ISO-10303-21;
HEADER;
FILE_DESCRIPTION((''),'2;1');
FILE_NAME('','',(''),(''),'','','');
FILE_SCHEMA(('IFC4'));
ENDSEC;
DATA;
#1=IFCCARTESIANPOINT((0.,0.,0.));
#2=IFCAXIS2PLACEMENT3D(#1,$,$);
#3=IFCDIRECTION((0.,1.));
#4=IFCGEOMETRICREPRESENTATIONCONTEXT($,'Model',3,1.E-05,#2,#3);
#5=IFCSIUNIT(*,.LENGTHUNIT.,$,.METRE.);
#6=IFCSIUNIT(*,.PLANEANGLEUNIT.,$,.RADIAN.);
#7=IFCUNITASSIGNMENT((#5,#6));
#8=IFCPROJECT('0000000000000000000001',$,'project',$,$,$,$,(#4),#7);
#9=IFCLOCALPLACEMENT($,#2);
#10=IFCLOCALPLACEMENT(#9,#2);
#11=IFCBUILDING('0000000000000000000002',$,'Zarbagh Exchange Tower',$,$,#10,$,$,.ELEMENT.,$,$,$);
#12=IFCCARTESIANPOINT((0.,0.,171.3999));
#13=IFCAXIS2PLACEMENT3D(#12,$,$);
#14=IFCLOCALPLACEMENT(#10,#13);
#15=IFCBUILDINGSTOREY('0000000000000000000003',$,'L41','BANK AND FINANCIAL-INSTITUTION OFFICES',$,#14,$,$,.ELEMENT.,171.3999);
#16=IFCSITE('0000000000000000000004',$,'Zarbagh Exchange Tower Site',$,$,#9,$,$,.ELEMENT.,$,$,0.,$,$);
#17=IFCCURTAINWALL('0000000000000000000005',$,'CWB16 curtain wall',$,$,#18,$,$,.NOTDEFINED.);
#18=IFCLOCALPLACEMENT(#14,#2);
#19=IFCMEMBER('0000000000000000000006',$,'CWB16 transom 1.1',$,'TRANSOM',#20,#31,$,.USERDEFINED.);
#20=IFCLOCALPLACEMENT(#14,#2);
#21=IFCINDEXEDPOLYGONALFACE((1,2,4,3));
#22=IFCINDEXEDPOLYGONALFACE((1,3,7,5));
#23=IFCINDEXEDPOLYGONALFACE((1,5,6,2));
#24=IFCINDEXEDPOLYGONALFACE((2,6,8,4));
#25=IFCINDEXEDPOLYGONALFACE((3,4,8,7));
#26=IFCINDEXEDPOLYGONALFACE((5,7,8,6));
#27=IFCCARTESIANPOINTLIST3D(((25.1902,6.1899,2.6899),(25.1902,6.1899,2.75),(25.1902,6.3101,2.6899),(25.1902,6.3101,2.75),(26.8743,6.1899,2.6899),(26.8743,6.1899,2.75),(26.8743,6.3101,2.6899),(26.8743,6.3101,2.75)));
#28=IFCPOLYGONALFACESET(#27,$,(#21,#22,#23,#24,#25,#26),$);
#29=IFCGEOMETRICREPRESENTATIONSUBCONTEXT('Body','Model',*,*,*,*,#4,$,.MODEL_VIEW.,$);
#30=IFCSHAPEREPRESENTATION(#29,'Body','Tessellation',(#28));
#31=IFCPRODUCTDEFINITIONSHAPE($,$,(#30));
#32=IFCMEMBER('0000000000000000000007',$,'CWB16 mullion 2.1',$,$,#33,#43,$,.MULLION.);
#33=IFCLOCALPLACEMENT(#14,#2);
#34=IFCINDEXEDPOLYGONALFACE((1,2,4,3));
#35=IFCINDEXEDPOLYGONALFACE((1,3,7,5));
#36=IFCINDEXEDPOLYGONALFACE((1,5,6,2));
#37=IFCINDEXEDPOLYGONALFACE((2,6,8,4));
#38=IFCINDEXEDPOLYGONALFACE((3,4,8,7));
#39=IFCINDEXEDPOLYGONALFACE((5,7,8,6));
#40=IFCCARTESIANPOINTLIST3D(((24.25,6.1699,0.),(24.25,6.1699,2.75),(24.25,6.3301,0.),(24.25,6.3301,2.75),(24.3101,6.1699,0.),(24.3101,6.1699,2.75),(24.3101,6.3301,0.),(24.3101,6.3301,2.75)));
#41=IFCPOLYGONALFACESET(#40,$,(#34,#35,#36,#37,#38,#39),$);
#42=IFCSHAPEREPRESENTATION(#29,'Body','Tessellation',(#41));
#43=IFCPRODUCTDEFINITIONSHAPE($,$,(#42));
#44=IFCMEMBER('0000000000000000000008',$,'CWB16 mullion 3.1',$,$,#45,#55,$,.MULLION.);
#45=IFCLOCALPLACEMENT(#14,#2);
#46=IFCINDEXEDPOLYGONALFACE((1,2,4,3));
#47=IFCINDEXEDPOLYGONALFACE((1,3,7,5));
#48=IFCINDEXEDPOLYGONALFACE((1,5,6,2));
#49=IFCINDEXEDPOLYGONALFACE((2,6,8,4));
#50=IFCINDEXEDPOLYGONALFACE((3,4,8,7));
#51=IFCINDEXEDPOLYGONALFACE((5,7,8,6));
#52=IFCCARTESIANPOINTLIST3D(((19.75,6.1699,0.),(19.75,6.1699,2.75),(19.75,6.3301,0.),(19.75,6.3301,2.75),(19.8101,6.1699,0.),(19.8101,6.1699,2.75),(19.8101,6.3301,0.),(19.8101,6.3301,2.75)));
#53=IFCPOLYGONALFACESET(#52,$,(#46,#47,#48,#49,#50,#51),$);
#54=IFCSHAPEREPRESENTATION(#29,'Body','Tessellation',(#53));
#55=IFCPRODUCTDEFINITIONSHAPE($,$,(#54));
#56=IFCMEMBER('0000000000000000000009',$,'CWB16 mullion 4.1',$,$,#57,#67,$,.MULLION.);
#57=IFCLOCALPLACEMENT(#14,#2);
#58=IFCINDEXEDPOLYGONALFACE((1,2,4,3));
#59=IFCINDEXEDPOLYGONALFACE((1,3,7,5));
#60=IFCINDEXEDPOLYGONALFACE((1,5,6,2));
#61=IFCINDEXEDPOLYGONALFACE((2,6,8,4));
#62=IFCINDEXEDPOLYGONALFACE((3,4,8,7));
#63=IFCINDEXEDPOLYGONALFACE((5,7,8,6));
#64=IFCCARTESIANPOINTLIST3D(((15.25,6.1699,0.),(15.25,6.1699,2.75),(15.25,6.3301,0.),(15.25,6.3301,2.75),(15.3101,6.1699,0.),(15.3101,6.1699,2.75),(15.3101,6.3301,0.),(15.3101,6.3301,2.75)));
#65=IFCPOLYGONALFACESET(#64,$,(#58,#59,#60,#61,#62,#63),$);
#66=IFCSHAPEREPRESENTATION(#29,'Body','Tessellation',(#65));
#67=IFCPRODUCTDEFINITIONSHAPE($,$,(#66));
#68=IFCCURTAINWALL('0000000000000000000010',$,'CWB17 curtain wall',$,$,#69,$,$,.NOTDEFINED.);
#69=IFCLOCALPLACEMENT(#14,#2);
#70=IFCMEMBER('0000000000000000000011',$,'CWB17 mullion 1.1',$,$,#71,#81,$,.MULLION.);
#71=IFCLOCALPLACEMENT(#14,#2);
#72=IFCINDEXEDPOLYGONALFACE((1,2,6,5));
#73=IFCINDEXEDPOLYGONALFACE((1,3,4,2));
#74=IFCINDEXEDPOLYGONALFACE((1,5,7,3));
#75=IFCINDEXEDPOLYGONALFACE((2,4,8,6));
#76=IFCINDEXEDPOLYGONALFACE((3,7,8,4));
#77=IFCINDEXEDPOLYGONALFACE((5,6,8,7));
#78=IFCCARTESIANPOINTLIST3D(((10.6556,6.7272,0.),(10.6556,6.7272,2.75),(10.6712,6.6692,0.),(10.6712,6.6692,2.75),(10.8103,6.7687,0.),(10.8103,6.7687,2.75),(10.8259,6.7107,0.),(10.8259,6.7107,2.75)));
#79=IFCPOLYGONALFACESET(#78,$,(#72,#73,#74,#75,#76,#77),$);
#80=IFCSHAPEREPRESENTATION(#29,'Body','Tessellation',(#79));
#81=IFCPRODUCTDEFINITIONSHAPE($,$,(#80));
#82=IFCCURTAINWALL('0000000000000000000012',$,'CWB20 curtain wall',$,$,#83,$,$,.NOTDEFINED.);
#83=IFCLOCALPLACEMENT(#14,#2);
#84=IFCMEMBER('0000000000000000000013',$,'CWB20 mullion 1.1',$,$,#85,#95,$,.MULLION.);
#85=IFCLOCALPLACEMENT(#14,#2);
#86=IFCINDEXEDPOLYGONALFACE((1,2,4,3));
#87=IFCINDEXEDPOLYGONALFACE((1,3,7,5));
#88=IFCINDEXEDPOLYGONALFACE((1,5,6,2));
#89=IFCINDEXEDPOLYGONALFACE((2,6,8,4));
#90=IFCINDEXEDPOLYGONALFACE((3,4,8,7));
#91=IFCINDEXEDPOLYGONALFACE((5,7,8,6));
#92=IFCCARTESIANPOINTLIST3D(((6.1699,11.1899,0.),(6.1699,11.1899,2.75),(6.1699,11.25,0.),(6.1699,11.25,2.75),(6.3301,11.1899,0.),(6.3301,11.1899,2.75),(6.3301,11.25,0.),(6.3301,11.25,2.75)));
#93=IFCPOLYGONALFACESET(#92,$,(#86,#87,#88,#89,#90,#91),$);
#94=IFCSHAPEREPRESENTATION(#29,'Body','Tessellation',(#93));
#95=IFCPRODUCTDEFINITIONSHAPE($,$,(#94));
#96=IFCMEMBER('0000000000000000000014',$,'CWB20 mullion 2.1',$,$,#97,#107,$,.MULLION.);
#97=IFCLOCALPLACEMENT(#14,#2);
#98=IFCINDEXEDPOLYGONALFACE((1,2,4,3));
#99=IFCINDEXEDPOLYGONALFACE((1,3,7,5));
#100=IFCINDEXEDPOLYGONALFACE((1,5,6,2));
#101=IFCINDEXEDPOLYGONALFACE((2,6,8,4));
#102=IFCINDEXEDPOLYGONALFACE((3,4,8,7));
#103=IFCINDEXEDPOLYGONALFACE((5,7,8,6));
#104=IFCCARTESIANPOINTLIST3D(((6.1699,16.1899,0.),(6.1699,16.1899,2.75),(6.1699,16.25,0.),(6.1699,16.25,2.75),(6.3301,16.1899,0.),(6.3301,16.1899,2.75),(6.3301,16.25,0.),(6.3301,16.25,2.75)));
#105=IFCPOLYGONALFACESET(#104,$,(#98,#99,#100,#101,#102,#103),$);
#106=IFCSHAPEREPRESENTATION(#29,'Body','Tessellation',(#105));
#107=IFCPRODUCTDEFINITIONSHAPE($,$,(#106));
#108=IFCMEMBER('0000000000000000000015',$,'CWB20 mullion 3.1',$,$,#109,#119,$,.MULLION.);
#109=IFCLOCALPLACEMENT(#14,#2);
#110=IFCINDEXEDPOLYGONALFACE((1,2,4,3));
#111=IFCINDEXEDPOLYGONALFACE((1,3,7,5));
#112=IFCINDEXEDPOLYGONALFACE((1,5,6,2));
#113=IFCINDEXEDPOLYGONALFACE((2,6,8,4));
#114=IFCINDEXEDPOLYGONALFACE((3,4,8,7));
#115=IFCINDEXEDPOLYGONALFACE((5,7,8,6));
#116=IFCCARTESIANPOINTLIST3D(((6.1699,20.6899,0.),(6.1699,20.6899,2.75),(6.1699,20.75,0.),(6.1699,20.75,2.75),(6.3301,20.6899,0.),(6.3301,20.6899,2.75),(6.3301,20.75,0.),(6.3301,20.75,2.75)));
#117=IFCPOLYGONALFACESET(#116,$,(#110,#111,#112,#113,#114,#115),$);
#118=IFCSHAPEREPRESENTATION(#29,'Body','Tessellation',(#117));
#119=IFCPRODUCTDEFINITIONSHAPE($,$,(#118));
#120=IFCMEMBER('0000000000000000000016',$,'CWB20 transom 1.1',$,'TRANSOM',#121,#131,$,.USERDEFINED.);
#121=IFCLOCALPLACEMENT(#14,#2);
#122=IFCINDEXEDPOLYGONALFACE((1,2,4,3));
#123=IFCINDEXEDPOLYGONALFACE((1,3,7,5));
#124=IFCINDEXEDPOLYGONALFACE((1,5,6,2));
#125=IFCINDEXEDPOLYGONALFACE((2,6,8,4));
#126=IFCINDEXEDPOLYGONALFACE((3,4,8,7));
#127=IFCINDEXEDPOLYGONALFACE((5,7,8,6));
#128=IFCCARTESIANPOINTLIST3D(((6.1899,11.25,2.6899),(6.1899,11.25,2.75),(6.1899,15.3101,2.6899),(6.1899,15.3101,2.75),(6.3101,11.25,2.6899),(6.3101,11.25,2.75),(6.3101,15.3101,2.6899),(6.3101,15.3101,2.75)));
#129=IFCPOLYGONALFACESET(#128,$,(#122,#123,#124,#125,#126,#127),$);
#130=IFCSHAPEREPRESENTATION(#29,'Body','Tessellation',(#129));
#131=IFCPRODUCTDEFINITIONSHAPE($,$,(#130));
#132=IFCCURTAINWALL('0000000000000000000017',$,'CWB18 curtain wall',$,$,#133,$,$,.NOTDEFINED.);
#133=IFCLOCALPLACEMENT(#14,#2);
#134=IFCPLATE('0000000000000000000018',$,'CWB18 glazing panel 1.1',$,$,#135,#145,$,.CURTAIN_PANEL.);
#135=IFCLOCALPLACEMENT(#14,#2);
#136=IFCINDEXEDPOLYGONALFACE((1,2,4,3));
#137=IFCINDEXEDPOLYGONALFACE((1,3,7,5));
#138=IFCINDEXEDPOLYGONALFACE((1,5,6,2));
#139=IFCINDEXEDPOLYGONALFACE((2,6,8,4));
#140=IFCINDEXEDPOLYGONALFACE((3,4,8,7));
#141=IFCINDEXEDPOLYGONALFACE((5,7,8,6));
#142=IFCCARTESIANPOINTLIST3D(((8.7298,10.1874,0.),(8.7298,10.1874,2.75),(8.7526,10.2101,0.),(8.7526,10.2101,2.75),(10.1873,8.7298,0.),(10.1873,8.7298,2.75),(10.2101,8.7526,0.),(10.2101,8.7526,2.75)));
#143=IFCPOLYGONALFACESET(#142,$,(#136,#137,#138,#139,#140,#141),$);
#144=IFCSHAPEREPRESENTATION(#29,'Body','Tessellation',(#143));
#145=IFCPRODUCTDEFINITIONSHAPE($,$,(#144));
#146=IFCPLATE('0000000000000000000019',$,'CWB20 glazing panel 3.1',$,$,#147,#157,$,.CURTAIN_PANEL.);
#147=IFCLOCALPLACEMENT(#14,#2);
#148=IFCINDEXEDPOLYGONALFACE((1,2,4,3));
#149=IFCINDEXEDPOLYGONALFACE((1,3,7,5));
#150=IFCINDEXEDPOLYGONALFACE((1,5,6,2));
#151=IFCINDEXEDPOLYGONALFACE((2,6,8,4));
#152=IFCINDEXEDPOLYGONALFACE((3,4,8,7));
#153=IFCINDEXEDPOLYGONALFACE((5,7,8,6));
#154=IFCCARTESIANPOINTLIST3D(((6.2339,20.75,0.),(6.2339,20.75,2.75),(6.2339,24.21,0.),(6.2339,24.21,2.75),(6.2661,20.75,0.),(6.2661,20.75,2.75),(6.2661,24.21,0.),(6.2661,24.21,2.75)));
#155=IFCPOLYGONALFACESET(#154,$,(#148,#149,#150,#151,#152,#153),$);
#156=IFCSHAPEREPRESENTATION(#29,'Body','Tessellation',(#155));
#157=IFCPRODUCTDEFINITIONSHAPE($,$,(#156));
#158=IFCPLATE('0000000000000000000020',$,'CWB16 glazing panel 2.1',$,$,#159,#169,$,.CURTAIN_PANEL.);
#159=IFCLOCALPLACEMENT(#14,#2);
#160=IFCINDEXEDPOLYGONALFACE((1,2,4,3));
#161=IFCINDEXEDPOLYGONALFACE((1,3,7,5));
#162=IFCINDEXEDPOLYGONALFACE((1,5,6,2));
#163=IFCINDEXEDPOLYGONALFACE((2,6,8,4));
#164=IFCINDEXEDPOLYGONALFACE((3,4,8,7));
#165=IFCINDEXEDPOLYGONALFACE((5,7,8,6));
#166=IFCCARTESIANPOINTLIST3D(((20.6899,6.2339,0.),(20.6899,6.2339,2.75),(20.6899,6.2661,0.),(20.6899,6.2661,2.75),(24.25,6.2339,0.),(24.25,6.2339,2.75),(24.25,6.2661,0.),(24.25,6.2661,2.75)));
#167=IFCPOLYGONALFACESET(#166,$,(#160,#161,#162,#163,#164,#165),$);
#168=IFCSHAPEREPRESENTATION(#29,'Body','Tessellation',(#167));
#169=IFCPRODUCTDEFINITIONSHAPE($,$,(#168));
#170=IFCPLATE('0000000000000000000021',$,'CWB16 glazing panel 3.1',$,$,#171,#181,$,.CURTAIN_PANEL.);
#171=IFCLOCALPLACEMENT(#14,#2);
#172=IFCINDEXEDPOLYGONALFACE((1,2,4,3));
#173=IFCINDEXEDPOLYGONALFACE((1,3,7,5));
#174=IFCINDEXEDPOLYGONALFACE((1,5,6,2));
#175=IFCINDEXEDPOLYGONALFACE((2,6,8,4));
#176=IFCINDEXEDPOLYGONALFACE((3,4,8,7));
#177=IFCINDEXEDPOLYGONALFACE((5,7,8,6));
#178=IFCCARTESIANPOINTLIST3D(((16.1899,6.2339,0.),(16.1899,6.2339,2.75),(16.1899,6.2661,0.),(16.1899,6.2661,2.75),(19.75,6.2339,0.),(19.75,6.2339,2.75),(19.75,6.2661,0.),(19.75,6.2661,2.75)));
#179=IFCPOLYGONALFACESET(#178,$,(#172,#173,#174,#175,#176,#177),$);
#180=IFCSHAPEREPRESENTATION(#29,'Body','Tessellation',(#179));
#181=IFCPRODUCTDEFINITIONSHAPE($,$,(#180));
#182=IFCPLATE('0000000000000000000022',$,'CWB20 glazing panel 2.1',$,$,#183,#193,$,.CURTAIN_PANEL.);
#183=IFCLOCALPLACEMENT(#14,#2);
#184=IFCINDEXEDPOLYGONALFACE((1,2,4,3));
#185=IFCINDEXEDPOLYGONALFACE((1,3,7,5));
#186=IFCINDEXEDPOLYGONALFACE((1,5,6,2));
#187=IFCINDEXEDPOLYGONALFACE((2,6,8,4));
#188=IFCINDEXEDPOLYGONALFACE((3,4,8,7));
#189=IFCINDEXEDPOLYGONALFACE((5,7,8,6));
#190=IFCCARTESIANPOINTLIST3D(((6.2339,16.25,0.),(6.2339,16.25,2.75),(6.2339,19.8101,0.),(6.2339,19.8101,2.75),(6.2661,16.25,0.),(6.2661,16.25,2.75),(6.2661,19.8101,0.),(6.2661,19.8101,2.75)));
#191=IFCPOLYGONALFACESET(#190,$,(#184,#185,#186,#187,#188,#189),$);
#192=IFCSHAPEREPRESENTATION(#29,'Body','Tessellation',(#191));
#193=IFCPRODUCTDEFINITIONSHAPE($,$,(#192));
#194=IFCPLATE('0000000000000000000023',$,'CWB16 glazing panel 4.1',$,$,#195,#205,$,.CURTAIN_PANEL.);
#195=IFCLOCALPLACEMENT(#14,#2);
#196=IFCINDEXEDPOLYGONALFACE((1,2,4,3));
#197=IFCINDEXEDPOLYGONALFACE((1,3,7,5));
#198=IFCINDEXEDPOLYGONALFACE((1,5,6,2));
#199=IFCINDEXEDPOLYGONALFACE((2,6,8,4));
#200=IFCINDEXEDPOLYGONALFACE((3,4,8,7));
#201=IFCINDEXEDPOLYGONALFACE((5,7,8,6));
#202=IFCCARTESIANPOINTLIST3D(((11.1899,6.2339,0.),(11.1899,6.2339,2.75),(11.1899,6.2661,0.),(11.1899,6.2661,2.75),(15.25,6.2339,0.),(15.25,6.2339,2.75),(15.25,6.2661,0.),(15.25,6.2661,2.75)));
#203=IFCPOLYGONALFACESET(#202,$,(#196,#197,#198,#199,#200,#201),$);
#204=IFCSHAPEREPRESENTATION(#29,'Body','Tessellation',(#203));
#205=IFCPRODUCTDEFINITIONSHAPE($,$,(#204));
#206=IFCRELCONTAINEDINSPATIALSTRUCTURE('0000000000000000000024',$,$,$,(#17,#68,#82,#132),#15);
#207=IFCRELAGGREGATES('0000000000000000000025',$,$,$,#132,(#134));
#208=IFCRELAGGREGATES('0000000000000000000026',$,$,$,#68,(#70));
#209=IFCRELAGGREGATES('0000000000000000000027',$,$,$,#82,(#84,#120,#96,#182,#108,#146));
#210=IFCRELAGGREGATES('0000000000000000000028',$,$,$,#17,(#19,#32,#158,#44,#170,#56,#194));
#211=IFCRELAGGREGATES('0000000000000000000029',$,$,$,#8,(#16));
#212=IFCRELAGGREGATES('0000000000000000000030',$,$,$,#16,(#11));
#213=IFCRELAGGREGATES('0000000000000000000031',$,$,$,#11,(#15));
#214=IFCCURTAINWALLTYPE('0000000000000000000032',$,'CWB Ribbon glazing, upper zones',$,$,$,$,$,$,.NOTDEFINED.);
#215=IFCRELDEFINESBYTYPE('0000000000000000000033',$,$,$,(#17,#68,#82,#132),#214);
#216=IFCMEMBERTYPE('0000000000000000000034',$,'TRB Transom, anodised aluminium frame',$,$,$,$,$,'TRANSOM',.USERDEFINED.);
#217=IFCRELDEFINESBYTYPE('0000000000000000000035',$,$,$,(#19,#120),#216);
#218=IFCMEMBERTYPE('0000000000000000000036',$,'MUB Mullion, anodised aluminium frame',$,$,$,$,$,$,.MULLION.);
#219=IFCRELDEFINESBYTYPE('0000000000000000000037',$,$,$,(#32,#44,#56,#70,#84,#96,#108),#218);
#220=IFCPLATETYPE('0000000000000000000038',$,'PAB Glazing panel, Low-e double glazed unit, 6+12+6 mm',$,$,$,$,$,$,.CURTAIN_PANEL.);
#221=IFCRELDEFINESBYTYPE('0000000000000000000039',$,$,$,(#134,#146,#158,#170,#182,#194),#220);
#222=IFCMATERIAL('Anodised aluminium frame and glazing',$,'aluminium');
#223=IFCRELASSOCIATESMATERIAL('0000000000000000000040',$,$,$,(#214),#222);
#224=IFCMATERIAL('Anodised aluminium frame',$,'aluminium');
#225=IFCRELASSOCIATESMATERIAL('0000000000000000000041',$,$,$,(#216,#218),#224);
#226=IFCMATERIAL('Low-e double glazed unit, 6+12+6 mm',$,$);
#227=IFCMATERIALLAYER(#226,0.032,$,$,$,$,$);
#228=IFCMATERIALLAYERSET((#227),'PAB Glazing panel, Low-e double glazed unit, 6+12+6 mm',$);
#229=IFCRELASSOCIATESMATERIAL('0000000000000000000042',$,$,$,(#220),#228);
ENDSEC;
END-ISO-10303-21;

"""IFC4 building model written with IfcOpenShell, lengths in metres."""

from ifc_helpers import new_model, si_unit, direction, frame, origin, place, context, subcontext, project, spatial, polyline, outline, extrude, source, transform, mapped, material, layer, layer_set, type_object, element, aggregate, save


model = new_model("IFC4")

# Units and contexts
model_context = context("Model", 3, precision=1e-05, world=origin(), true_north=direction((0.0, 1.0)))
body_context = subcontext(model_context, "Body", "Model", "MODEL_VIEW")
ifc_project = project(units=[si_unit("LENGTHUNIT", "METRE"), si_unit("PLANEANGLEUNIT", "RADIAN")], contexts=[model_context])

# Site, building, storey
site_placement = place(None, origin())
site = spatial("IfcSite", under=ifc_project, at=site_placement, Name="Zarbagh Exchange Tower Site", CompositionType="ELEMENT", RefElevation=0.0)
building_placement = place(site_placement, origin())
building = spatial("IfcBuilding", under=site, at=building_placement, Name="Zarbagh Exchange Tower", CompositionType="ELEMENT")
storey_placement = place(building_placement, frame((0.0, 0.0, 171.3999)))
storey = spatial("IfcBuildingStorey", under=building, at=storey_placement, Name="L41", Description="BANK AND FINANCIAL-INSTITUTION OFFICES", CompositionType="ELEMENT", Elevation=171.3999)

# Curtain wall, members
ifc_material_1 = material(Name="Anodised aluminium frame and glazing", Category="aluminium")
curtain_wall_type = type_object("IfcCurtainWallType", Name="CWB Ribbon glazing, upper zones", PredefinedType="NOTDEFINED", material=ifc_material_1)
curtain_wall_1_placement = place(storey_placement, origin())
curtain_wall_1 = element("IfcCurtainWall", 1, at=curtain_wall_1_placement, inside=storey, type_object=curtain_wall_type, Name="CWB16 curtain wall", PredefinedType="NOTDEFINED")
ifc_material_2 = material(Name="Anodised aluminium frame", Category="aluminium")
member_type_1 = type_object("IfcMemberType", Name="TRB Transom, anodised aluminium frame", ElementType="TRANSOM", PredefinedType="USERDEFINED", material=ifc_material_2)
shared_shape_1 = source(origin(), body_context, "Body", "SweptSolid", [
    extrude(outline(polyline([(-0.0601, -0.0601), (0.0, -0.0601), (0.0, 0.0601), (-0.0601, 0.0601), (-0.0601, -0.0601)])), origin(), (0.0, 0.0, 1.0), 1.6841),
])
placement = place(storey_placement, origin())
member_1 = element("IfcMember", 2, at=placement, type_object=member_type_1, Name="CWB16 transom 1.1", ObjectType="TRANSOM", PredefinedType="USERDEFINED", context=body_context, shape_type="MappedRepresentation", body=[
    mapped(shared_shape_1, transform((26.8743, 6.25, 2.75), x_axis=(0.0, 0.0, 1.0), y_axis=(0.0, 1.0, 0.0), z_axis=(-1.0, 0.0, 0.0))),
])
member_type_2 = type_object("IfcMemberType", Name="MUB Mullion, anodised aluminium frame", PredefinedType="MULLION", material=ifc_material_2)
shared_shape_2 = source(origin(), body_context, "Body", "SweptSolid", [
    extrude(outline(polyline([(0.0, -0.0801), (0.0601, -0.0801), (0.0601, 0.0801), (0.0, 0.0801), (0.0, -0.0801)])), origin(), (0.0, 0.0, 1.0), 2.75),
])
member_2 = element("IfcMember", 3, at=placement, type_object=member_type_2, Name="CWB16 mullion 2.1", PredefinedType="MULLION", context=body_context, shape_type="MappedRepresentation", body=[
    mapped(shared_shape_2, transform((24.3101, 6.25, 0.0), x_axis=(-1.0, 0.0, 0.0), y_axis=(0.0, -1.0, 0.0), z_axis=(0.0, 0.0, 1.0))),
])
member_3 = element("IfcMember", 4, at=placement, type_object=member_type_2, Name="CWB16 mullion 3.1", PredefinedType="MULLION", context=body_context, shape_type="MappedRepresentation", body=[
    mapped(shared_shape_2, transform((19.8101, 6.25, 0.0), x_axis=(-1.0, 0.0, 0.0), y_axis=(0.0, -1.0, 0.0), z_axis=(0.0, 0.0, 1.0))),
])
member_4 = element("IfcMember", 5, at=placement, type_object=member_type_2, Name="CWB16 mullion 4.1", PredefinedType="MULLION", context=body_context, shape_type="MappedRepresentation", body=[
    mapped(shared_shape_2, transform((15.3101, 6.25, 0.0), x_axis=(-1.0, 0.0, 0.0), y_axis=(0.0, -1.0, 0.0), z_axis=(0.0, 0.0, 1.0))),
])

# Curtain wall, member
curtain_wall_2_placement = place(storey_placement, origin())
curtain_wall_2 = element("IfcCurtainWall", 6, at=curtain_wall_2_placement, inside=storey, type_object=curtain_wall_type, Name="CWB17 curtain wall", PredefinedType="NOTDEFINED")
member_5 = element("IfcMember", 7, at=placement, type_object=member_type_2, Name="CWB17 mullion 1.1", PredefinedType="MULLION", context=body_context, shape_type="MappedRepresentation", body=[
    mapped(shared_shape_2, transform((10.7485, 6.6899, 0.0), x_axis=(-0.258825, 0.965924, 0.0), y_axis=(-0.965924, -0.258825, 0.0), z_axis=(0.0, 0.0, 1.0))),
])

# Curtain wall, members
curtain_wall_3_placement = place(storey_placement, origin())
curtain_wall_3 = element("IfcCurtainWall", 8, at=curtain_wall_3_placement, inside=storey, type_object=curtain_wall_type, Name="CWB20 curtain wall", PredefinedType="NOTDEFINED")
member_6 = element("IfcMember", 9, at=placement, type_object=member_type_2, Name="CWB20 mullion 1.1", PredefinedType="MULLION", context=body_context, shape_type="MappedRepresentation", body=[
    mapped(shared_shape_2, transform((6.25, 11.1899, 0.0), x_axis=(0.0, 1.0, 0.0), y_axis=(-1.0, 0.0, 0.0), z_axis=(0.0, 0.0, 1.0))),
])
member_7 = element("IfcMember", 10, at=placement, type_object=member_type_2, Name="CWB20 mullion 2.1", PredefinedType="MULLION", context=body_context, shape_type="MappedRepresentation", body=[
    mapped(shared_shape_2, transform((6.25, 16.1899, 0.0), x_axis=(0.0, 1.0, 0.0), y_axis=(-1.0, 0.0, 0.0), z_axis=(0.0, 0.0, 1.0))),
])
member_8 = element("IfcMember", 11, at=placement, type_object=member_type_2, Name="CWB20 mullion 3.1", PredefinedType="MULLION", context=body_context, shape_type="MappedRepresentation", body=[
    mapped(shared_shape_2, transform((6.25, 20.6899, 0.0), x_axis=(0.0, 1.0, 0.0), y_axis=(-1.0, 0.0, 0.0), z_axis=(0.0, 0.0, 1.0))),
])
shared_shape_3 = source(origin(), body_context, "Body", "SweptSolid", [
    extrude(outline(polyline([(-0.0601, -0.0601), (0.0, -0.0601), (0.0, 0.0601), (-0.0601, 0.0601), (-0.0601, -0.0601)])), origin(), (0.0, 0.0, 1.0), 4.0601),
])
member_9 = element("IfcMember", 12, at=placement, type_object=member_type_1, Name="CWB20 transom 1.1", ObjectType="TRANSOM", PredefinedType="USERDEFINED", context=body_context, shape_type="MappedRepresentation", body=[
    mapped(shared_shape_3, transform((6.25, 11.25, 2.75), x_axis=(0.0, 0.0, 1.0), y_axis=(1.0, 0.0, 0.0), z_axis=(0.0, 1.0, 0.0))),
])

# Curtain wall, plate
curtain_wall_4_placement = place(storey_placement, origin())
curtain_wall_4 = element("IfcCurtainWall", 13, at=curtain_wall_4_placement, inside=storey, type_object=curtain_wall_type, Name="CWB18 curtain wall", PredefinedType="NOTDEFINED")
ifc_material_3 = material(Name="Low-e double glazed unit, 6+12+6 mm")
ifc_layer_1 = layer(ifc_material_3, 0.032)
ifc_layer_set_1 = layer_set([ifc_layer_1], Name="PAB Glazing panel, Low-e double glazed unit, 6+12+6 mm")
plate_type = type_object("IfcPlateType", Name="PAB Glazing panel, Low-e double glazed unit, 6+12+6 mm", PredefinedType="CURTAIN_PANEL", material=ifc_layer_set_1)
shared_shape_4 = source(origin(), body_context, "Body", "SweptSolid", [
    extrude(outline(polyline([(0.0, -0.0161), (2.0613, -0.0161), (2.0613, 0.0161), (0.0, 0.0161), (0.0, -0.0161)])), origin(), (0.0, 0.0, 1.0), 2.75),
])
plate_1 = element("IfcPlate", 14, at=placement, type_object=plate_type, Name="CWB18 glazing panel 1.1", PredefinedType="CURTAIN_PANEL", context=body_context, shape_type="MappedRepresentation", body=[
    mapped(shared_shape_4, transform((10.1987, 8.7412, 0.0), x_axis=(-0.707107, 0.707107, 0.0), y_axis=(-0.707107, -0.707107, 0.0), z_axis=(0.0, 0.0, 1.0))),
])
aggregate(curtain_wall_4, [plate_1])

# Plates
shared_shape_5 = source(origin(), body_context, "Body", "SweptSolid", [
    extrude(outline(polyline([(0.0, -0.0161), (3.46, -0.0161), (3.46, 0.0161), (0.0, 0.0161), (0.0, -0.0161)])), origin(), (0.0, 0.0, 1.0), 2.75),
])
plate_2 = element("IfcPlate", 15, at=placement, type_object=plate_type, Name="CWB20 glazing panel 3.1", PredefinedType="CURTAIN_PANEL", context=body_context, shape_type="MappedRepresentation", body=[
    mapped(shared_shape_5, transform((6.25, 20.75, 0.0), x_axis=(0.0, 1.0, 0.0), y_axis=(-1.0, 0.0, 0.0), z_axis=(0.0, 0.0, 1.0))),
])
shared_shape_6 = source(origin(), body_context, "Body", "SweptSolid", [
    extrude(outline(polyline([(0.0, -0.0161), (3.5601, -0.0161), (3.5601, 0.0161), (0.0, 0.0161), (0.0, -0.0161)])), origin(), (0.0, 0.0, 1.0), 2.75),
])
plate_3 = element("IfcPlate", 16, at=placement, type_object=plate_type, Name="CWB16 glazing panel 2.1", PredefinedType="CURTAIN_PANEL", context=body_context, shape_type="MappedRepresentation", body=[
    mapped(shared_shape_6, transform((24.25, 6.25, 0.0), x_axis=(-1.0, 0.0, 0.0), y_axis=(0.0, -1.0, 0.0), z_axis=(0.0, 0.0, 1.0))),
])
plate_4 = element("IfcPlate", 17, at=placement, type_object=plate_type, Name="CWB16 glazing panel 3.1", PredefinedType="CURTAIN_PANEL", context=body_context, shape_type="MappedRepresentation", body=[
    mapped(shared_shape_6, transform((19.75, 6.25, 0.0), x_axis=(-1.0, 0.0, 0.0), y_axis=(0.0, -1.0, 0.0), z_axis=(0.0, 0.0, 1.0))),
])
plate_5 = element("IfcPlate", 18, at=placement, type_object=plate_type, Name="CWB20 glazing panel 2.1", PredefinedType="CURTAIN_PANEL", context=body_context, shape_type="MappedRepresentation", body=[
    mapped(shared_shape_6, transform((6.25, 16.25, 0.0), x_axis=(0.0, 1.0, 0.0), y_axis=(-1.0, 0.0, 0.0), z_axis=(0.0, 0.0, 1.0))),
])
shared_shape_7 = source(origin(), body_context, "Body", "SweptSolid", [
    extrude(outline(polyline([(0.0, -0.0161), (4.0601, -0.0161), (4.0601, 0.0161), (0.0, 0.0161), (0.0, -0.0161)])), origin(), (0.0, 0.0, 1.0), 2.75),
])
plate_6 = element("IfcPlate", 19, at=placement, type_object=plate_type, Name="CWB16 glazing panel 4.1", PredefinedType="CURTAIN_PANEL", context=body_context, shape_type="MappedRepresentation", body=[
    mapped(shared_shape_7, transform((15.25, 6.25, 0.0), x_axis=(-1.0, 0.0, 0.0), y_axis=(0.0, -1.0, 0.0), z_axis=(0.0, 0.0, 1.0))),
])
aggregate(curtain_wall_2, [member_5])

aggregate(curtain_wall_3, [member_6, member_9, member_7, plate_5, member_8, plate_2])
aggregate(curtain_wall_1, [member_1, member_2, plate_3, member_3, plate_4, member_4, plate_6])

save(model, "model.ifc")
